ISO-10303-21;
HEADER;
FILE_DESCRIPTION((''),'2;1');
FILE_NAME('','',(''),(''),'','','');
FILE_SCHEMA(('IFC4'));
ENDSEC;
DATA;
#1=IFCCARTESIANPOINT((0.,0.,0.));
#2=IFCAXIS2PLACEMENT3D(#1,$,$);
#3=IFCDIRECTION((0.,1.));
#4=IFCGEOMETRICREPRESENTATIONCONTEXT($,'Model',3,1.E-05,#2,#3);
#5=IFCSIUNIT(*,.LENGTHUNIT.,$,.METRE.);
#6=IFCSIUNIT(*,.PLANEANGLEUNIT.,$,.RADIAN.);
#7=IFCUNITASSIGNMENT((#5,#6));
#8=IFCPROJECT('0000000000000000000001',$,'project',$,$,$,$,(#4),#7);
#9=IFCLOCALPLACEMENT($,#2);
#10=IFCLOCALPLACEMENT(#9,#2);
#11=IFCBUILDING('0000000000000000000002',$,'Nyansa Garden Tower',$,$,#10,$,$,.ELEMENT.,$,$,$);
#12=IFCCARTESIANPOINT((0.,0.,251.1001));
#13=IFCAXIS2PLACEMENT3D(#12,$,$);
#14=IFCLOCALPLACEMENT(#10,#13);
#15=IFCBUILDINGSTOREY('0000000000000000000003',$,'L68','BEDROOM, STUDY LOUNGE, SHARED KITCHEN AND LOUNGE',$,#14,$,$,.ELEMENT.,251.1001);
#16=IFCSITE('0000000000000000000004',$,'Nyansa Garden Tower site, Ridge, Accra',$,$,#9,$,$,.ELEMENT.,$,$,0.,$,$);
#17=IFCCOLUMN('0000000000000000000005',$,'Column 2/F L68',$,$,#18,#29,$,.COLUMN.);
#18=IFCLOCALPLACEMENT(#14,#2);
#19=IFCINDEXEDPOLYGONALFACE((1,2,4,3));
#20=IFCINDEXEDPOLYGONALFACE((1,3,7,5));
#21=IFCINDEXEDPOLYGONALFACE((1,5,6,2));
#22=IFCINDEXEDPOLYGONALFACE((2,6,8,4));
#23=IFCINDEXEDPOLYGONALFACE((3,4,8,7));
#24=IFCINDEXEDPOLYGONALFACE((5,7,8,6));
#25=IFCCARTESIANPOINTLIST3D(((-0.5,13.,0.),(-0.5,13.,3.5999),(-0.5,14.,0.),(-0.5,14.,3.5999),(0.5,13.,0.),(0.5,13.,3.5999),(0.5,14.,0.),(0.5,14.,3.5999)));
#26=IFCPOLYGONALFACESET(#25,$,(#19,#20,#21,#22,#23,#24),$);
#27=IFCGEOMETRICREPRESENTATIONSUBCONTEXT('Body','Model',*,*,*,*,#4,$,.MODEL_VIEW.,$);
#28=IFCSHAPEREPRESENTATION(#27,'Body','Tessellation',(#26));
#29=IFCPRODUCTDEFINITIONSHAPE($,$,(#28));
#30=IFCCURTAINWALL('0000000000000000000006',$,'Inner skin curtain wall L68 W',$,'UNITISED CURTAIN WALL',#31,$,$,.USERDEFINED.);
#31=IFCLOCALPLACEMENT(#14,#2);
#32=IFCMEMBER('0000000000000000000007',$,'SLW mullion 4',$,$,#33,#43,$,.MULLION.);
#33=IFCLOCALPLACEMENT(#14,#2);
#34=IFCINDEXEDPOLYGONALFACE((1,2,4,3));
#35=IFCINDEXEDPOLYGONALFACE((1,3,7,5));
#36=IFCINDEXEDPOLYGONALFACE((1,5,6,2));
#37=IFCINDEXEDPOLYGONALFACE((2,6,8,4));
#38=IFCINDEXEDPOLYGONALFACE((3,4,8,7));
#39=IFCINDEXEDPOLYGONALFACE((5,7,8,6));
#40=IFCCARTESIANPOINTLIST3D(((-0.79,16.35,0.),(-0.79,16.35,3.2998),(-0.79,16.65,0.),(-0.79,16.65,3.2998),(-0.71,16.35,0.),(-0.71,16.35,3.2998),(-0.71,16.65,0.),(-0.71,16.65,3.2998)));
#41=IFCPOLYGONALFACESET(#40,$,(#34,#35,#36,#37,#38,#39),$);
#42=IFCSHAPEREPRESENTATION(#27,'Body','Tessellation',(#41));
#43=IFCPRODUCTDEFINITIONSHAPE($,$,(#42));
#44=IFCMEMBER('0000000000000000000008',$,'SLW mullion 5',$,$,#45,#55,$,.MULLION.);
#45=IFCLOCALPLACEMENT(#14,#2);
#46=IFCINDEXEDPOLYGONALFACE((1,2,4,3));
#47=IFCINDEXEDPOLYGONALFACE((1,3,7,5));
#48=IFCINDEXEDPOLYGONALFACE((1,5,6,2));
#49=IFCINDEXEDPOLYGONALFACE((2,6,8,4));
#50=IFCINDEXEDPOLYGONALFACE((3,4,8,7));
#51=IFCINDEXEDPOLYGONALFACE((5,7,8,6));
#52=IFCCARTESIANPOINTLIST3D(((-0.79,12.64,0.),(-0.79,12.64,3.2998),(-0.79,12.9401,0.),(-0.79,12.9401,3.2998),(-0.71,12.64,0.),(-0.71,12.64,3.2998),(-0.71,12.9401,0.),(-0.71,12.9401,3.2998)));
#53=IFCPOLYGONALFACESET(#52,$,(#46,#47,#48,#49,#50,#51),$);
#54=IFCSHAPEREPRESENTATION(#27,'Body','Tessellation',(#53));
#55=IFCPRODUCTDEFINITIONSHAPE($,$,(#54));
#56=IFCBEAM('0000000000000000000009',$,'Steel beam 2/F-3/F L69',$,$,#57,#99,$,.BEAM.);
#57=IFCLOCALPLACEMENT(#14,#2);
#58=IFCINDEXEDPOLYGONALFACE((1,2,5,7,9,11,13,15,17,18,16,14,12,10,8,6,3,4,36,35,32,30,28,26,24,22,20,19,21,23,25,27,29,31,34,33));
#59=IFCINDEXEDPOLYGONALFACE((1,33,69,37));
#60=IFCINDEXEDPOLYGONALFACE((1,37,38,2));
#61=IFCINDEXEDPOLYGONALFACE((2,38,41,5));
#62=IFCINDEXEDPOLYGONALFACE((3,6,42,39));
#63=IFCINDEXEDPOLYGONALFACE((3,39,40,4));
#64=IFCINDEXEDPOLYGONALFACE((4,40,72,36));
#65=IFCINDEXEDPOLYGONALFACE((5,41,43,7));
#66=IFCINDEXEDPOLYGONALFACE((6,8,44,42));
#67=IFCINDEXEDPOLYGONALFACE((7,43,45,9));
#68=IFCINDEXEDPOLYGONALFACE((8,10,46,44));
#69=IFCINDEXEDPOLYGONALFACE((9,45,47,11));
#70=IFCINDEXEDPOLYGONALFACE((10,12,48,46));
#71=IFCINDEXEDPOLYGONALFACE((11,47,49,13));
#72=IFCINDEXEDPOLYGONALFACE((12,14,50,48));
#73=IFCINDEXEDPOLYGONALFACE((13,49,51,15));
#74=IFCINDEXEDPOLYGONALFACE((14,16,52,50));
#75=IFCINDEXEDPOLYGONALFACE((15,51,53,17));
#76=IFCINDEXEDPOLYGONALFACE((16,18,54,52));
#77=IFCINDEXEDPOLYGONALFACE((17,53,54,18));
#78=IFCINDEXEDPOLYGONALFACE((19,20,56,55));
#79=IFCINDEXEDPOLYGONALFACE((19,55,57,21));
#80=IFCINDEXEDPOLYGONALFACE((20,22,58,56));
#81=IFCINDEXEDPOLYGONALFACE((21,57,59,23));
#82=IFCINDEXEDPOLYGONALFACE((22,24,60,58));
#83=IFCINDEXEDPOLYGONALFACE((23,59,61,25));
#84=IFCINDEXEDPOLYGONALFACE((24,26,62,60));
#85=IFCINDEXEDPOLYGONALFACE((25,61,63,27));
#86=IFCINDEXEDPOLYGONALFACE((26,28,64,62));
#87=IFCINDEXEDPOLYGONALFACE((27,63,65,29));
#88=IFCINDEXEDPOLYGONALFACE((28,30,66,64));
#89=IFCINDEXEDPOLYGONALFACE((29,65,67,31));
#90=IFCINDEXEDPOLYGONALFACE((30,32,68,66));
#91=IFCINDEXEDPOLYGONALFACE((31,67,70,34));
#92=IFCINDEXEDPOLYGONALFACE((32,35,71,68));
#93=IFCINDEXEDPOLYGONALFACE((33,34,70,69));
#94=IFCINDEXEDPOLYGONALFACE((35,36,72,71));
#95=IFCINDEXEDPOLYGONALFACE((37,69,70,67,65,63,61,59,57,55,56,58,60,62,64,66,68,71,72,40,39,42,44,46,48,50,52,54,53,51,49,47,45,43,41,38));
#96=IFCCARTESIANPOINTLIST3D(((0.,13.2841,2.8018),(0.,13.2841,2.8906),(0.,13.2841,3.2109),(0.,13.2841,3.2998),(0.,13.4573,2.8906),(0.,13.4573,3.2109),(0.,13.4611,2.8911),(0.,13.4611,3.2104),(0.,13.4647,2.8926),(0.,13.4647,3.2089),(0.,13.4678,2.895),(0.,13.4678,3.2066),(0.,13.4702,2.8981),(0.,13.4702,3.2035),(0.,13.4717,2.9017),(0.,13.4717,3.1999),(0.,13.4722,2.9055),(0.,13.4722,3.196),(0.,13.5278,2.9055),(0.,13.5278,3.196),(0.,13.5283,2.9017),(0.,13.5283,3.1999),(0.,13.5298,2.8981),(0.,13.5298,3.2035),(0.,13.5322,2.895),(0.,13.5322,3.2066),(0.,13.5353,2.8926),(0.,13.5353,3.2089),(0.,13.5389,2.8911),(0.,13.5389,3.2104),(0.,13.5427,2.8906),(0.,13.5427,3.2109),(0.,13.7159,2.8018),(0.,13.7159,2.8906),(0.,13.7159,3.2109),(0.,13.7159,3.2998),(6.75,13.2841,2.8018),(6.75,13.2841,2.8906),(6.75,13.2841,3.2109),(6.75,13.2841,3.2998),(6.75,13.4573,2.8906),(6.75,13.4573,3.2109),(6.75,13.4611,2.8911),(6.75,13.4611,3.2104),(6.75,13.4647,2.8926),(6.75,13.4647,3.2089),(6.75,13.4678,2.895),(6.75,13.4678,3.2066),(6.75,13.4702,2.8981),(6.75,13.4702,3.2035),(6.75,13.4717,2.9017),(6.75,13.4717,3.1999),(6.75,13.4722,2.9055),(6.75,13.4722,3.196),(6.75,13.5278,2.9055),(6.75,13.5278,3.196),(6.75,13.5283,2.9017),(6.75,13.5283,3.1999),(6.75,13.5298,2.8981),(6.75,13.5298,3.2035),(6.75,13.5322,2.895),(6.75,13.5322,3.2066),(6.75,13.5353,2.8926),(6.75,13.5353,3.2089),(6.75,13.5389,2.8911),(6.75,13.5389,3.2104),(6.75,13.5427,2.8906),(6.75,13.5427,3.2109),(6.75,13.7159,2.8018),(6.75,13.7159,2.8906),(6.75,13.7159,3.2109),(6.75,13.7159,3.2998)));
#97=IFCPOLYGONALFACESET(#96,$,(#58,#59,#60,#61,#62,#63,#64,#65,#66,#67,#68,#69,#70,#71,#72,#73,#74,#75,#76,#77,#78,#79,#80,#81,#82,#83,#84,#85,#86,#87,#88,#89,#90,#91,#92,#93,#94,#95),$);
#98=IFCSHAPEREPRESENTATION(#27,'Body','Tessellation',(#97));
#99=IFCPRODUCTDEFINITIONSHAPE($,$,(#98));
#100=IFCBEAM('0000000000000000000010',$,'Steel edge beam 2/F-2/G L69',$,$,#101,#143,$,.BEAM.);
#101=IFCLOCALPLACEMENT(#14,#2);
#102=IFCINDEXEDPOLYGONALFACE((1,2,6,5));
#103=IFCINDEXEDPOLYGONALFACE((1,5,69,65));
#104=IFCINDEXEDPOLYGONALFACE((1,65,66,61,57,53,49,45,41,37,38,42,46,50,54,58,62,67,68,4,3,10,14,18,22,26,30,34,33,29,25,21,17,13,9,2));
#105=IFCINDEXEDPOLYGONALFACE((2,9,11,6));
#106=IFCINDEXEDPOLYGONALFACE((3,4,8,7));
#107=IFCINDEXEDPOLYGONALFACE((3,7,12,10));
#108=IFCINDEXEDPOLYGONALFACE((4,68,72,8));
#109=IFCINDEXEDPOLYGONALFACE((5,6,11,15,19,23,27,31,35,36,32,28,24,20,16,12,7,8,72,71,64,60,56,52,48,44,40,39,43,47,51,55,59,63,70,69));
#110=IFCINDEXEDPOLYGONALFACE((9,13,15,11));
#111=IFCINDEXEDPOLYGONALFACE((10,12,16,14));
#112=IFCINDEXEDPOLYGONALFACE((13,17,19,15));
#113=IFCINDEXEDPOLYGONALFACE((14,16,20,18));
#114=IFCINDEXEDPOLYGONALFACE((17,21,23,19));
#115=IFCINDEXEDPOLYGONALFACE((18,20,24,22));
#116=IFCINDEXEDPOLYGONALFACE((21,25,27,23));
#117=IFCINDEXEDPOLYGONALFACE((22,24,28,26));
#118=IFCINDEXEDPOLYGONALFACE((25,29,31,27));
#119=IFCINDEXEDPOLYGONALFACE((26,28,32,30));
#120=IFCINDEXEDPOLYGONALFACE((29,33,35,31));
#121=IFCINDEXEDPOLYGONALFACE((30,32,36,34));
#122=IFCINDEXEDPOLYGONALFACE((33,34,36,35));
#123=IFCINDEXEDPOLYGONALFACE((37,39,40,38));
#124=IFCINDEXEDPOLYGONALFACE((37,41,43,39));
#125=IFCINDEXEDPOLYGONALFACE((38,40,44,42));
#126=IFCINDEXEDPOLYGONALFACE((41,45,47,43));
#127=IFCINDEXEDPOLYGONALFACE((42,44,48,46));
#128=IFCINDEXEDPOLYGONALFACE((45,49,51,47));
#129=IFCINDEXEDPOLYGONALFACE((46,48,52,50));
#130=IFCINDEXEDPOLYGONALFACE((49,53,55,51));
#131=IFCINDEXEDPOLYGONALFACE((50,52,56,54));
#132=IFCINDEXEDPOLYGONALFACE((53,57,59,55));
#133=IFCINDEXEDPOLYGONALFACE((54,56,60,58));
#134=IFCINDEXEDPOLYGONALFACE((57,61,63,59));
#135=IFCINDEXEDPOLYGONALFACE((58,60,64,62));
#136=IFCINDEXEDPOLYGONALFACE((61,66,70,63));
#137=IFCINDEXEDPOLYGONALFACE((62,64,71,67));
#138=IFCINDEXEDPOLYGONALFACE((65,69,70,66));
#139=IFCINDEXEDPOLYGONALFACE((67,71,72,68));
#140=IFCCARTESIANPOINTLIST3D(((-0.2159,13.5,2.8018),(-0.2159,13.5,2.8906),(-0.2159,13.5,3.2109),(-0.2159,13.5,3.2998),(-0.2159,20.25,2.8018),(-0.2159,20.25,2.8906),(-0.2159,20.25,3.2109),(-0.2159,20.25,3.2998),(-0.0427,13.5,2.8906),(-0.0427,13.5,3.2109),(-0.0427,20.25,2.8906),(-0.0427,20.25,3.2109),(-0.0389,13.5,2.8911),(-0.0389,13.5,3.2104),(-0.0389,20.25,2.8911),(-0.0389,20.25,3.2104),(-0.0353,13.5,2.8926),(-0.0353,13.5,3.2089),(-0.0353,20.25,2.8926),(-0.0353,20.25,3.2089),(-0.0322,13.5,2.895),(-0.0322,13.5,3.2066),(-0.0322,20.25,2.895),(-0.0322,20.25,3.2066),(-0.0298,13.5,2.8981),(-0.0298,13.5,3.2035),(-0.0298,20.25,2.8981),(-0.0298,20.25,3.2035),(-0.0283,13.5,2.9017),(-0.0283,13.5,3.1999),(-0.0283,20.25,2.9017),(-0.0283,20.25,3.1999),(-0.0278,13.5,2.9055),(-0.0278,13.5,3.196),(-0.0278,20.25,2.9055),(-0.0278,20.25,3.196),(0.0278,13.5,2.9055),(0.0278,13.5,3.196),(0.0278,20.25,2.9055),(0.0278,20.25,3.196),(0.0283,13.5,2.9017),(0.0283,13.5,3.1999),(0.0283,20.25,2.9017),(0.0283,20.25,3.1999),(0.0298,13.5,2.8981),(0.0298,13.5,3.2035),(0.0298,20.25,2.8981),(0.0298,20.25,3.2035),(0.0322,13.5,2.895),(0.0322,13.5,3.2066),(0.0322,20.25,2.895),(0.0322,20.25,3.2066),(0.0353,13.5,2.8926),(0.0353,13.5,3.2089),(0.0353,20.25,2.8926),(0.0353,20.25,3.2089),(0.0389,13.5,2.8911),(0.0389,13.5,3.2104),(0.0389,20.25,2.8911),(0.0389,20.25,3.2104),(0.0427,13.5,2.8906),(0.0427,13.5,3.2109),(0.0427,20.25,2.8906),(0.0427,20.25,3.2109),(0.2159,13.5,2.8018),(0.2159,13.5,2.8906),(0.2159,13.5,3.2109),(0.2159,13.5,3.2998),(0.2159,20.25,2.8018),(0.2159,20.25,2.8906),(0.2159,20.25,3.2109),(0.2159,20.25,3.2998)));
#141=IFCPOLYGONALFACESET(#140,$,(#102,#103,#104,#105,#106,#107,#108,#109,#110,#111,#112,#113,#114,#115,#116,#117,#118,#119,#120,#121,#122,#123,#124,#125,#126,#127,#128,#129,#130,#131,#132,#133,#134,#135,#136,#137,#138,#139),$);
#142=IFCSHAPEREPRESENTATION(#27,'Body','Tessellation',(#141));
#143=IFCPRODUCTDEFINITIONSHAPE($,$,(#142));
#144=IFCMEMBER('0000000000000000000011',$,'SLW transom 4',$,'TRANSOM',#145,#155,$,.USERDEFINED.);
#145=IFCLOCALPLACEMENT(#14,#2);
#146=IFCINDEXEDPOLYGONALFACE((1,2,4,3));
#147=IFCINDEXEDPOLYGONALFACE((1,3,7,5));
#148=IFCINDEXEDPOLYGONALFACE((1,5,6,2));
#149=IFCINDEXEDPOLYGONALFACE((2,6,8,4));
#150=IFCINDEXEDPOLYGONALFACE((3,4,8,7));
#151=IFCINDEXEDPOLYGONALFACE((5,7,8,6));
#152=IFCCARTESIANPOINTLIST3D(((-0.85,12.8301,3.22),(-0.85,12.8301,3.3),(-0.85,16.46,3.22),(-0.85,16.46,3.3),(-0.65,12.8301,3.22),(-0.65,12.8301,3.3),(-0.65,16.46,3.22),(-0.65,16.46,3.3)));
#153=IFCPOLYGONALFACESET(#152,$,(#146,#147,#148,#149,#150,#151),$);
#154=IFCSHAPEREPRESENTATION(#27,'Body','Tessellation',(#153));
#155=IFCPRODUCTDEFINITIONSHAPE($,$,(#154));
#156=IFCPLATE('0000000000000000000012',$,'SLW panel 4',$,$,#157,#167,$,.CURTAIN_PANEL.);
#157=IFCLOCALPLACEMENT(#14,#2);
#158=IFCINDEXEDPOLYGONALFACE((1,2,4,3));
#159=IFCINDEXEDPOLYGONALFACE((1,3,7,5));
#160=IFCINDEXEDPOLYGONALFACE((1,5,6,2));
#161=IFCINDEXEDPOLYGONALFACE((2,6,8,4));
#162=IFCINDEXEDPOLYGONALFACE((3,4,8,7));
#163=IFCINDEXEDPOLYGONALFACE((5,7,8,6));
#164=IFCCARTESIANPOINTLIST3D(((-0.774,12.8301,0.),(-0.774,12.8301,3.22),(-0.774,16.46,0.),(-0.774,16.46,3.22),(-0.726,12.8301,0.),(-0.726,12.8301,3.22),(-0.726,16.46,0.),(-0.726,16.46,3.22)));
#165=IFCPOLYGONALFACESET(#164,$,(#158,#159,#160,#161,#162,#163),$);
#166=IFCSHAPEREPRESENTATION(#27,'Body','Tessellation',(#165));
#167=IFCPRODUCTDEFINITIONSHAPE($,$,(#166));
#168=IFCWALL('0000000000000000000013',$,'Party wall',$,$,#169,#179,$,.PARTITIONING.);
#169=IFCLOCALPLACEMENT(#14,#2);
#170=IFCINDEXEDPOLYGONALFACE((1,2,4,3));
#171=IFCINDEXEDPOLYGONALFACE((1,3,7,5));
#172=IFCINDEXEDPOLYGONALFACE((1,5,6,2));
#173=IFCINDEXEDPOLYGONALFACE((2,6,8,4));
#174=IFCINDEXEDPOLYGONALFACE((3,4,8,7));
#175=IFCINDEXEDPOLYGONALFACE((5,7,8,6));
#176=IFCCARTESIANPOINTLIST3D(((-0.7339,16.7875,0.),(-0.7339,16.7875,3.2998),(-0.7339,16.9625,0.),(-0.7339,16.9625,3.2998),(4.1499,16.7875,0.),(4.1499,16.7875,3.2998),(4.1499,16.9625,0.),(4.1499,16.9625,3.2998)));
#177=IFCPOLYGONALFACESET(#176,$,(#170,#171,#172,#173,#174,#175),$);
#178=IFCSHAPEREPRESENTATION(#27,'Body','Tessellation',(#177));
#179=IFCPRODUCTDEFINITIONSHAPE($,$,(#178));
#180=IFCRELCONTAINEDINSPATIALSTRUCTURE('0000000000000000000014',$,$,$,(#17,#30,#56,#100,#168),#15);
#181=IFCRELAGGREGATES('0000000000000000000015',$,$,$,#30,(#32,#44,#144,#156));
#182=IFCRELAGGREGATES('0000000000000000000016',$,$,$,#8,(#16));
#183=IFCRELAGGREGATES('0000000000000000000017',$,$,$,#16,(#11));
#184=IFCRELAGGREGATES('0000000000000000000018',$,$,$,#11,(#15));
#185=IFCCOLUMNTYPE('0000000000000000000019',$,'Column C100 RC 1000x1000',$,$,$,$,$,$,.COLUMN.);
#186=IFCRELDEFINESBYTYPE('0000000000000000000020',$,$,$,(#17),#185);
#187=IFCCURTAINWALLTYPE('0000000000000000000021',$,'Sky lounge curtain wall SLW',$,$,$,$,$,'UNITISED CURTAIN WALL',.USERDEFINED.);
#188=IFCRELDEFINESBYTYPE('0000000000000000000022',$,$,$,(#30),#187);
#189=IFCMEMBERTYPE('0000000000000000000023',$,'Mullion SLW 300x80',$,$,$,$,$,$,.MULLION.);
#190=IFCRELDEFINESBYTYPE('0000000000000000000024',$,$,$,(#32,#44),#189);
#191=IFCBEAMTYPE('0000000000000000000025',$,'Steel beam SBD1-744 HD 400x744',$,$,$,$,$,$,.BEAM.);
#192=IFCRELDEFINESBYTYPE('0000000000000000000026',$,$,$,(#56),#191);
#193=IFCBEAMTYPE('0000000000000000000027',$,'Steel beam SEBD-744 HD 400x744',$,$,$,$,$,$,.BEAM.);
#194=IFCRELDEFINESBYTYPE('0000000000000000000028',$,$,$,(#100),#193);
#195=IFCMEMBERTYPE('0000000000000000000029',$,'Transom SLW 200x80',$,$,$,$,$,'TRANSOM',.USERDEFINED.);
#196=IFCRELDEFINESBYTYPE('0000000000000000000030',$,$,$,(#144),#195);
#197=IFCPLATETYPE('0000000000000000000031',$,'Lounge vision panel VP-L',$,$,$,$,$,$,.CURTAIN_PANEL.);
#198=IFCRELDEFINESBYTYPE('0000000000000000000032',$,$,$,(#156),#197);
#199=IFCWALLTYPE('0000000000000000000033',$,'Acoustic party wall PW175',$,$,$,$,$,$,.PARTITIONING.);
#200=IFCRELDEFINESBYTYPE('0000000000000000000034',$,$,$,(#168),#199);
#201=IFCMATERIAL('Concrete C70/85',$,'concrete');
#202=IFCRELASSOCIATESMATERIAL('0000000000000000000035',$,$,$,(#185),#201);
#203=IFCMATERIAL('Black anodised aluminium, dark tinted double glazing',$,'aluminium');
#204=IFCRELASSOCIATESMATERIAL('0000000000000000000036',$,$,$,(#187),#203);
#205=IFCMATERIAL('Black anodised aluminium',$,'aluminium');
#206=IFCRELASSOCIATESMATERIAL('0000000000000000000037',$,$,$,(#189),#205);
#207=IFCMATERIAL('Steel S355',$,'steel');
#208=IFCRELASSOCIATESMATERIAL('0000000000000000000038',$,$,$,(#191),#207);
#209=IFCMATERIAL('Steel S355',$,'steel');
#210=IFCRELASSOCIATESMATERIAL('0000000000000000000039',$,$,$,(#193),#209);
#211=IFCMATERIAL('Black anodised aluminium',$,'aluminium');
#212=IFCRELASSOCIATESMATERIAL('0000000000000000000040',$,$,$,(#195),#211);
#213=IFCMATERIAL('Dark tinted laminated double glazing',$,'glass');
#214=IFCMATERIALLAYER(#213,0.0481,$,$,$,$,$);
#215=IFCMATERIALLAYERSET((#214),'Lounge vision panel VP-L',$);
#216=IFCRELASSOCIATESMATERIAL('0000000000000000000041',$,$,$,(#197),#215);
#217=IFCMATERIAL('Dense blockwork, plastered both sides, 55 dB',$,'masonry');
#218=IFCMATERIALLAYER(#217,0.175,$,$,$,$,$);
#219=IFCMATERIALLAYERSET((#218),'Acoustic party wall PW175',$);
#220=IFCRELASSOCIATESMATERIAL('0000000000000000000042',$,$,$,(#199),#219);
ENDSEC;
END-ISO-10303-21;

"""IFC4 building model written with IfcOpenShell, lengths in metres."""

from ifc_helpers import new_model, si_unit, direction, frame, frame_2d, origin, origin_2d, place, context, subcontext, project, spatial, rectangle, i_section, extrude, material, layer, layer_set, material_profile, profile_set, type_object, element, aggregate, save


model = new_model("IFC4")

# Units and contexts
model_context = context("Model", 3, precision=1e-05, world=origin(), true_north=direction((0.0, 1.0)))
body_context = subcontext(model_context, "Body", "Model", "MODEL_VIEW")
ifc_project = project(units=[si_unit("LENGTHUNIT", "METRE"), si_unit("PLANEANGLEUNIT", "RADIAN")], contexts=[model_context])

# Site, building, storey
site_placement = place(None, origin())
site = spatial("IfcSite", under=ifc_project, at=site_placement, Name="Nyansa Garden Tower site, Ridge, Accra", CompositionType="ELEMENT", RefElevation=0.0)
building_placement = place(site_placement, origin())
building = spatial("IfcBuilding", under=site, at=building_placement, Name="Nyansa Garden Tower", CompositionType="ELEMENT")
storey_placement = place(building_placement, frame((0.0, 0.0, 251.1001)))
storey = spatial("IfcBuildingStorey", under=building, at=storey_placement, Name="L68", Description="BEDROOM, STUDY LOUNGE, SHARED KITCHEN AND LOUNGE", CompositionType="ELEMENT", Elevation=251.1001)

# Column
ifc_material_1 = material(Name="Concrete C70/85", Category="concrete")
ifc_material_profile_1 = material_profile(ifc_material_1, rectangle(XDim=1.0, YDim=1.0, at=origin_2d()), Name="RC 1000x1000")
ifc_profile_set_1 = profile_set([ifc_material_profile_1], Name="Concrete C70/85")
column_type = type_object("IfcColumnType", Name="Column C100 RC 1000x1000", PredefinedType="COLUMN", material=ifc_profile_set_1)
column_placement = place(storey_placement, frame((0.0, 13.5, 0.0), z_axis=(0.0, 0.0, 1.0), x_axis=(1.0, 0.0, 0.0)))
element("IfcColumn", 1, at=column_placement, inside=storey, type_object=column_type, Name="Column 2/F L68", PredefinedType="COLUMN", context=body_context, shape_type="SweptSolid", body=[
    extrude(rectangle(XDim=1.0, YDim=1.0, at=origin_2d()), origin(), (0.0, 0.0, 1.0), 3.5999),
])

# Curtain wall, members
ifc_material_2 = material(Name="Black anodised aluminium, dark tinted double glazing", Category="aluminium")
curtain_wall_type = type_object("IfcCurtainWallType", Name="Sky lounge curtain wall SLW", ElementType="UNITISED CURTAIN WALL", PredefinedType="USERDEFINED", material=ifc_material_2)
curtain_wall_placement = place(storey_placement, origin())
curtain_wall = element("IfcCurtainWall", 2, at=curtain_wall_placement, inside=storey, type_object=curtain_wall_type, Name="Inner skin curtain wall L68 W", ObjectType="UNITISED CURTAIN WALL", PredefinedType="USERDEFINED")
ifc_material_3 = material(Name="Black anodised aluminium", Category="aluminium")
ifc_material_profile_2 = material_profile(ifc_material_3, rectangle(XDim=0.0801, YDim=0.3, at=origin_2d()), Name="Mullion 300x80")
ifc_profile_set_2 = profile_set([ifc_material_profile_2], Name="Black anodised aluminium")
member_type_1 = type_object("IfcMemberType", Name="Mullion SLW 300x80", PredefinedType="MULLION", material=ifc_profile_set_2)
member_1_placement = place(storey_placement, frame((-0.75, 16.5, 0.0), z_axis=(0.0, 0.0, 1.0), x_axis=(1.0, 0.0, 0.0)))
member_1 = element("IfcMember", 3, at=member_1_placement, type_object=member_type_1, Name="SLW mullion 4", PredefinedType="MULLION", context=body_context, shape_type="SweptSolid", body=[
    extrude(rectangle(XDim=0.0801, YDim=0.3, at=origin_2d()), origin(), (0.0, 0.0, 1.0), 3.2998),
])
member_2_placement = place(storey_placement, frame((-0.75, 12.79, 0.0), z_axis=(0.0, 0.0, 1.0), x_axis=(1.0, 0.0, 0.0)))
member_2 = element("IfcMember", 4, at=member_2_placement, type_object=member_type_1, Name="SLW mullion 5", PredefinedType="MULLION", context=body_context, shape_type="SweptSolid", body=[
    extrude(rectangle(XDim=0.0801, YDim=0.3, at=origin_2d()), origin(), (0.0, 0.0, 1.0), 3.2998),
])

# Beams
ifc_material_4 = material(Name="Steel S355", Category="steel")
ifc_material_profile_3 = material_profile(ifc_material_4, i_section(OverallWidth=0.4319, OverallDepth=0.498, WebThickness=0.0557, FlangeThickness=0.0889, FilletRadius=0.0149, at=origin_2d()), Name="HD 400x744")
ifc_profile_set_3 = profile_set([ifc_material_profile_3], Name="Steel S355")
beam_type_1 = type_object("IfcBeamType", Name="Steel beam SBD1-744 HD 400x744", PredefinedType="BEAM", material=ifc_profile_set_3)
beam_1_placement = place(storey_placement, frame((0.0, 13.5, 3.0508), z_axis=(1.0, 0.0, 0.0), x_axis=(0.0, 1.0, 0.0)))
element("IfcBeam", 5, at=beam_1_placement, inside=storey, type_object=beam_type_1, Name="Steel beam 2/F-3/F L69", PredefinedType="BEAM", context=body_context, shape_type="SweptSolid", body=[
    extrude(i_section(OverallWidth=0.4319, OverallDepth=0.498, WebThickness=0.0557, FlangeThickness=0.0889, FilletRadius=0.0149, at=origin_2d()), origin(), (0.0, 0.0, 1.0), 6.75),
])
ifc_material_5 = material(Name="Steel S355", Category="steel")
ifc_material_profile_4 = material_profile(ifc_material_5, i_section(OverallWidth=0.4319, OverallDepth=0.498, WebThickness=0.0557, FlangeThickness=0.0889, FilletRadius=0.0149, at=origin_2d()), Name="HD 400x744")
ifc_profile_set_4 = profile_set([ifc_material_profile_4], Name="Steel S355")
beam_type_2 = type_object("IfcBeamType", Name="Steel beam SEBD-744 HD 400x744", PredefinedType="BEAM", material=ifc_profile_set_4)
beam_2_placement = place(storey_placement, frame((0.0, 13.5, 3.0508), z_axis=(0.0, 1.0, 0.0), x_axis=(-1.0, 0.0, 0.0)))
element("IfcBeam", 6, at=beam_2_placement, inside=storey, type_object=beam_type_2, Name="Steel edge beam 2/F-2/G L69", PredefinedType="BEAM", context=body_context, shape_type="SweptSolid", body=[
    extrude(i_section(OverallWidth=0.4319, OverallDepth=0.498, WebThickness=0.0557, FlangeThickness=0.0889, FilletRadius=0.0149, at=origin_2d()), origin(), (0.0, 0.0, 1.0), 6.75),
])

# Member
ifc_material_6 = material(Name="Black anodised aluminium", Category="aluminium")
ifc_material_profile_5 = material_profile(ifc_material_6, rectangle(XDim=0.2, YDim=0.0801, at=origin_2d()), Name="Transom 200x80")
ifc_profile_set_5 = profile_set([ifc_material_profile_5], Name="Black anodised aluminium")
member_type_2 = type_object("IfcMemberType", Name="Transom SLW 200x80", ElementType="TRANSOM", PredefinedType="USERDEFINED", material=ifc_profile_set_5)
member_3_placement = place(storey_placement, frame((-0.75, 16.46, 3.26), z_axis=(0.0, -1.0, 0.0), x_axis=(1.0, 0.0, 0.0)))
member_3 = element("IfcMember", 7, at=member_3_placement, type_object=member_type_2, Name="SLW transom 4", ObjectType="TRANSOM", PredefinedType="USERDEFINED", context=body_context, shape_type="SweptSolid", body=[
    extrude(rectangle(XDim=0.2, YDim=0.0801, at=origin_2d()), origin(), (0.0, 0.0, 1.0), 3.6299),
])

# Plate
ifc_material_7 = material(Name="Dark tinted laminated double glazing", Category="glass")
ifc_layer_1 = layer(ifc_material_7, 0.0481)
ifc_layer_set_1 = layer_set([ifc_layer_1], Name="Lounge vision panel VP-L")
plate_type = type_object("IfcPlateType", Name="Lounge vision panel VP-L", PredefinedType="CURTAIN_PANEL", material=ifc_layer_set_1)
plate_placement = place(storey_placement, frame((-0.75, 14.645, 0.0), z_axis=(0.0, 0.0, 1.0), x_axis=(0.0, -1.0, 0.0)))
plate = element("IfcPlate", 8, at=plate_placement, type_object=plate_type, Name="SLW panel 4", PredefinedType="CURTAIN_PANEL", context=body_context, shape_type="SweptSolid", body=[
    extrude(rectangle(XDim=3.6299, YDim=0.0481, at=origin_2d()), origin(), (0.0, 0.0, 1.0), 3.22),
])
aggregate(curtain_wall, [member_1, member_2, member_3, plate])

# Wall
ifc_material_8 = material(Name="Dense blockwork, plastered both sides, 55 dB", Category="masonry")
ifc_layer_2 = layer(ifc_material_8, 0.175)
ifc_layer_set_2 = layer_set([ifc_layer_2], Name="Acoustic party wall PW175")
wall_type_1 = type_object("IfcWallType", Name="Acoustic party wall PW175", PredefinedType="PARTITIONING", material=ifc_layer_set_2)
wall_1_placement = place(storey_placement, frame((-0.7339, 16.875, 0.0), z_axis=(0.0, 0.0, 1.0), x_axis=(1.0, 0.0, 0.0)))
element("IfcWall", 9, at=wall_1_placement, inside=storey, type_object=wall_type_1, Name="Party wall", PredefinedType="PARTITIONING", context=body_context, shape_type="SweptSolid", body=[
    extrude(rectangle(XDim=4.8838, YDim=0.175, at=frame_2d((2.4419, 0.0))), origin(), (0.0, 0.0, 1.0), 3.2998),
])

save(model, "model.ifc")
